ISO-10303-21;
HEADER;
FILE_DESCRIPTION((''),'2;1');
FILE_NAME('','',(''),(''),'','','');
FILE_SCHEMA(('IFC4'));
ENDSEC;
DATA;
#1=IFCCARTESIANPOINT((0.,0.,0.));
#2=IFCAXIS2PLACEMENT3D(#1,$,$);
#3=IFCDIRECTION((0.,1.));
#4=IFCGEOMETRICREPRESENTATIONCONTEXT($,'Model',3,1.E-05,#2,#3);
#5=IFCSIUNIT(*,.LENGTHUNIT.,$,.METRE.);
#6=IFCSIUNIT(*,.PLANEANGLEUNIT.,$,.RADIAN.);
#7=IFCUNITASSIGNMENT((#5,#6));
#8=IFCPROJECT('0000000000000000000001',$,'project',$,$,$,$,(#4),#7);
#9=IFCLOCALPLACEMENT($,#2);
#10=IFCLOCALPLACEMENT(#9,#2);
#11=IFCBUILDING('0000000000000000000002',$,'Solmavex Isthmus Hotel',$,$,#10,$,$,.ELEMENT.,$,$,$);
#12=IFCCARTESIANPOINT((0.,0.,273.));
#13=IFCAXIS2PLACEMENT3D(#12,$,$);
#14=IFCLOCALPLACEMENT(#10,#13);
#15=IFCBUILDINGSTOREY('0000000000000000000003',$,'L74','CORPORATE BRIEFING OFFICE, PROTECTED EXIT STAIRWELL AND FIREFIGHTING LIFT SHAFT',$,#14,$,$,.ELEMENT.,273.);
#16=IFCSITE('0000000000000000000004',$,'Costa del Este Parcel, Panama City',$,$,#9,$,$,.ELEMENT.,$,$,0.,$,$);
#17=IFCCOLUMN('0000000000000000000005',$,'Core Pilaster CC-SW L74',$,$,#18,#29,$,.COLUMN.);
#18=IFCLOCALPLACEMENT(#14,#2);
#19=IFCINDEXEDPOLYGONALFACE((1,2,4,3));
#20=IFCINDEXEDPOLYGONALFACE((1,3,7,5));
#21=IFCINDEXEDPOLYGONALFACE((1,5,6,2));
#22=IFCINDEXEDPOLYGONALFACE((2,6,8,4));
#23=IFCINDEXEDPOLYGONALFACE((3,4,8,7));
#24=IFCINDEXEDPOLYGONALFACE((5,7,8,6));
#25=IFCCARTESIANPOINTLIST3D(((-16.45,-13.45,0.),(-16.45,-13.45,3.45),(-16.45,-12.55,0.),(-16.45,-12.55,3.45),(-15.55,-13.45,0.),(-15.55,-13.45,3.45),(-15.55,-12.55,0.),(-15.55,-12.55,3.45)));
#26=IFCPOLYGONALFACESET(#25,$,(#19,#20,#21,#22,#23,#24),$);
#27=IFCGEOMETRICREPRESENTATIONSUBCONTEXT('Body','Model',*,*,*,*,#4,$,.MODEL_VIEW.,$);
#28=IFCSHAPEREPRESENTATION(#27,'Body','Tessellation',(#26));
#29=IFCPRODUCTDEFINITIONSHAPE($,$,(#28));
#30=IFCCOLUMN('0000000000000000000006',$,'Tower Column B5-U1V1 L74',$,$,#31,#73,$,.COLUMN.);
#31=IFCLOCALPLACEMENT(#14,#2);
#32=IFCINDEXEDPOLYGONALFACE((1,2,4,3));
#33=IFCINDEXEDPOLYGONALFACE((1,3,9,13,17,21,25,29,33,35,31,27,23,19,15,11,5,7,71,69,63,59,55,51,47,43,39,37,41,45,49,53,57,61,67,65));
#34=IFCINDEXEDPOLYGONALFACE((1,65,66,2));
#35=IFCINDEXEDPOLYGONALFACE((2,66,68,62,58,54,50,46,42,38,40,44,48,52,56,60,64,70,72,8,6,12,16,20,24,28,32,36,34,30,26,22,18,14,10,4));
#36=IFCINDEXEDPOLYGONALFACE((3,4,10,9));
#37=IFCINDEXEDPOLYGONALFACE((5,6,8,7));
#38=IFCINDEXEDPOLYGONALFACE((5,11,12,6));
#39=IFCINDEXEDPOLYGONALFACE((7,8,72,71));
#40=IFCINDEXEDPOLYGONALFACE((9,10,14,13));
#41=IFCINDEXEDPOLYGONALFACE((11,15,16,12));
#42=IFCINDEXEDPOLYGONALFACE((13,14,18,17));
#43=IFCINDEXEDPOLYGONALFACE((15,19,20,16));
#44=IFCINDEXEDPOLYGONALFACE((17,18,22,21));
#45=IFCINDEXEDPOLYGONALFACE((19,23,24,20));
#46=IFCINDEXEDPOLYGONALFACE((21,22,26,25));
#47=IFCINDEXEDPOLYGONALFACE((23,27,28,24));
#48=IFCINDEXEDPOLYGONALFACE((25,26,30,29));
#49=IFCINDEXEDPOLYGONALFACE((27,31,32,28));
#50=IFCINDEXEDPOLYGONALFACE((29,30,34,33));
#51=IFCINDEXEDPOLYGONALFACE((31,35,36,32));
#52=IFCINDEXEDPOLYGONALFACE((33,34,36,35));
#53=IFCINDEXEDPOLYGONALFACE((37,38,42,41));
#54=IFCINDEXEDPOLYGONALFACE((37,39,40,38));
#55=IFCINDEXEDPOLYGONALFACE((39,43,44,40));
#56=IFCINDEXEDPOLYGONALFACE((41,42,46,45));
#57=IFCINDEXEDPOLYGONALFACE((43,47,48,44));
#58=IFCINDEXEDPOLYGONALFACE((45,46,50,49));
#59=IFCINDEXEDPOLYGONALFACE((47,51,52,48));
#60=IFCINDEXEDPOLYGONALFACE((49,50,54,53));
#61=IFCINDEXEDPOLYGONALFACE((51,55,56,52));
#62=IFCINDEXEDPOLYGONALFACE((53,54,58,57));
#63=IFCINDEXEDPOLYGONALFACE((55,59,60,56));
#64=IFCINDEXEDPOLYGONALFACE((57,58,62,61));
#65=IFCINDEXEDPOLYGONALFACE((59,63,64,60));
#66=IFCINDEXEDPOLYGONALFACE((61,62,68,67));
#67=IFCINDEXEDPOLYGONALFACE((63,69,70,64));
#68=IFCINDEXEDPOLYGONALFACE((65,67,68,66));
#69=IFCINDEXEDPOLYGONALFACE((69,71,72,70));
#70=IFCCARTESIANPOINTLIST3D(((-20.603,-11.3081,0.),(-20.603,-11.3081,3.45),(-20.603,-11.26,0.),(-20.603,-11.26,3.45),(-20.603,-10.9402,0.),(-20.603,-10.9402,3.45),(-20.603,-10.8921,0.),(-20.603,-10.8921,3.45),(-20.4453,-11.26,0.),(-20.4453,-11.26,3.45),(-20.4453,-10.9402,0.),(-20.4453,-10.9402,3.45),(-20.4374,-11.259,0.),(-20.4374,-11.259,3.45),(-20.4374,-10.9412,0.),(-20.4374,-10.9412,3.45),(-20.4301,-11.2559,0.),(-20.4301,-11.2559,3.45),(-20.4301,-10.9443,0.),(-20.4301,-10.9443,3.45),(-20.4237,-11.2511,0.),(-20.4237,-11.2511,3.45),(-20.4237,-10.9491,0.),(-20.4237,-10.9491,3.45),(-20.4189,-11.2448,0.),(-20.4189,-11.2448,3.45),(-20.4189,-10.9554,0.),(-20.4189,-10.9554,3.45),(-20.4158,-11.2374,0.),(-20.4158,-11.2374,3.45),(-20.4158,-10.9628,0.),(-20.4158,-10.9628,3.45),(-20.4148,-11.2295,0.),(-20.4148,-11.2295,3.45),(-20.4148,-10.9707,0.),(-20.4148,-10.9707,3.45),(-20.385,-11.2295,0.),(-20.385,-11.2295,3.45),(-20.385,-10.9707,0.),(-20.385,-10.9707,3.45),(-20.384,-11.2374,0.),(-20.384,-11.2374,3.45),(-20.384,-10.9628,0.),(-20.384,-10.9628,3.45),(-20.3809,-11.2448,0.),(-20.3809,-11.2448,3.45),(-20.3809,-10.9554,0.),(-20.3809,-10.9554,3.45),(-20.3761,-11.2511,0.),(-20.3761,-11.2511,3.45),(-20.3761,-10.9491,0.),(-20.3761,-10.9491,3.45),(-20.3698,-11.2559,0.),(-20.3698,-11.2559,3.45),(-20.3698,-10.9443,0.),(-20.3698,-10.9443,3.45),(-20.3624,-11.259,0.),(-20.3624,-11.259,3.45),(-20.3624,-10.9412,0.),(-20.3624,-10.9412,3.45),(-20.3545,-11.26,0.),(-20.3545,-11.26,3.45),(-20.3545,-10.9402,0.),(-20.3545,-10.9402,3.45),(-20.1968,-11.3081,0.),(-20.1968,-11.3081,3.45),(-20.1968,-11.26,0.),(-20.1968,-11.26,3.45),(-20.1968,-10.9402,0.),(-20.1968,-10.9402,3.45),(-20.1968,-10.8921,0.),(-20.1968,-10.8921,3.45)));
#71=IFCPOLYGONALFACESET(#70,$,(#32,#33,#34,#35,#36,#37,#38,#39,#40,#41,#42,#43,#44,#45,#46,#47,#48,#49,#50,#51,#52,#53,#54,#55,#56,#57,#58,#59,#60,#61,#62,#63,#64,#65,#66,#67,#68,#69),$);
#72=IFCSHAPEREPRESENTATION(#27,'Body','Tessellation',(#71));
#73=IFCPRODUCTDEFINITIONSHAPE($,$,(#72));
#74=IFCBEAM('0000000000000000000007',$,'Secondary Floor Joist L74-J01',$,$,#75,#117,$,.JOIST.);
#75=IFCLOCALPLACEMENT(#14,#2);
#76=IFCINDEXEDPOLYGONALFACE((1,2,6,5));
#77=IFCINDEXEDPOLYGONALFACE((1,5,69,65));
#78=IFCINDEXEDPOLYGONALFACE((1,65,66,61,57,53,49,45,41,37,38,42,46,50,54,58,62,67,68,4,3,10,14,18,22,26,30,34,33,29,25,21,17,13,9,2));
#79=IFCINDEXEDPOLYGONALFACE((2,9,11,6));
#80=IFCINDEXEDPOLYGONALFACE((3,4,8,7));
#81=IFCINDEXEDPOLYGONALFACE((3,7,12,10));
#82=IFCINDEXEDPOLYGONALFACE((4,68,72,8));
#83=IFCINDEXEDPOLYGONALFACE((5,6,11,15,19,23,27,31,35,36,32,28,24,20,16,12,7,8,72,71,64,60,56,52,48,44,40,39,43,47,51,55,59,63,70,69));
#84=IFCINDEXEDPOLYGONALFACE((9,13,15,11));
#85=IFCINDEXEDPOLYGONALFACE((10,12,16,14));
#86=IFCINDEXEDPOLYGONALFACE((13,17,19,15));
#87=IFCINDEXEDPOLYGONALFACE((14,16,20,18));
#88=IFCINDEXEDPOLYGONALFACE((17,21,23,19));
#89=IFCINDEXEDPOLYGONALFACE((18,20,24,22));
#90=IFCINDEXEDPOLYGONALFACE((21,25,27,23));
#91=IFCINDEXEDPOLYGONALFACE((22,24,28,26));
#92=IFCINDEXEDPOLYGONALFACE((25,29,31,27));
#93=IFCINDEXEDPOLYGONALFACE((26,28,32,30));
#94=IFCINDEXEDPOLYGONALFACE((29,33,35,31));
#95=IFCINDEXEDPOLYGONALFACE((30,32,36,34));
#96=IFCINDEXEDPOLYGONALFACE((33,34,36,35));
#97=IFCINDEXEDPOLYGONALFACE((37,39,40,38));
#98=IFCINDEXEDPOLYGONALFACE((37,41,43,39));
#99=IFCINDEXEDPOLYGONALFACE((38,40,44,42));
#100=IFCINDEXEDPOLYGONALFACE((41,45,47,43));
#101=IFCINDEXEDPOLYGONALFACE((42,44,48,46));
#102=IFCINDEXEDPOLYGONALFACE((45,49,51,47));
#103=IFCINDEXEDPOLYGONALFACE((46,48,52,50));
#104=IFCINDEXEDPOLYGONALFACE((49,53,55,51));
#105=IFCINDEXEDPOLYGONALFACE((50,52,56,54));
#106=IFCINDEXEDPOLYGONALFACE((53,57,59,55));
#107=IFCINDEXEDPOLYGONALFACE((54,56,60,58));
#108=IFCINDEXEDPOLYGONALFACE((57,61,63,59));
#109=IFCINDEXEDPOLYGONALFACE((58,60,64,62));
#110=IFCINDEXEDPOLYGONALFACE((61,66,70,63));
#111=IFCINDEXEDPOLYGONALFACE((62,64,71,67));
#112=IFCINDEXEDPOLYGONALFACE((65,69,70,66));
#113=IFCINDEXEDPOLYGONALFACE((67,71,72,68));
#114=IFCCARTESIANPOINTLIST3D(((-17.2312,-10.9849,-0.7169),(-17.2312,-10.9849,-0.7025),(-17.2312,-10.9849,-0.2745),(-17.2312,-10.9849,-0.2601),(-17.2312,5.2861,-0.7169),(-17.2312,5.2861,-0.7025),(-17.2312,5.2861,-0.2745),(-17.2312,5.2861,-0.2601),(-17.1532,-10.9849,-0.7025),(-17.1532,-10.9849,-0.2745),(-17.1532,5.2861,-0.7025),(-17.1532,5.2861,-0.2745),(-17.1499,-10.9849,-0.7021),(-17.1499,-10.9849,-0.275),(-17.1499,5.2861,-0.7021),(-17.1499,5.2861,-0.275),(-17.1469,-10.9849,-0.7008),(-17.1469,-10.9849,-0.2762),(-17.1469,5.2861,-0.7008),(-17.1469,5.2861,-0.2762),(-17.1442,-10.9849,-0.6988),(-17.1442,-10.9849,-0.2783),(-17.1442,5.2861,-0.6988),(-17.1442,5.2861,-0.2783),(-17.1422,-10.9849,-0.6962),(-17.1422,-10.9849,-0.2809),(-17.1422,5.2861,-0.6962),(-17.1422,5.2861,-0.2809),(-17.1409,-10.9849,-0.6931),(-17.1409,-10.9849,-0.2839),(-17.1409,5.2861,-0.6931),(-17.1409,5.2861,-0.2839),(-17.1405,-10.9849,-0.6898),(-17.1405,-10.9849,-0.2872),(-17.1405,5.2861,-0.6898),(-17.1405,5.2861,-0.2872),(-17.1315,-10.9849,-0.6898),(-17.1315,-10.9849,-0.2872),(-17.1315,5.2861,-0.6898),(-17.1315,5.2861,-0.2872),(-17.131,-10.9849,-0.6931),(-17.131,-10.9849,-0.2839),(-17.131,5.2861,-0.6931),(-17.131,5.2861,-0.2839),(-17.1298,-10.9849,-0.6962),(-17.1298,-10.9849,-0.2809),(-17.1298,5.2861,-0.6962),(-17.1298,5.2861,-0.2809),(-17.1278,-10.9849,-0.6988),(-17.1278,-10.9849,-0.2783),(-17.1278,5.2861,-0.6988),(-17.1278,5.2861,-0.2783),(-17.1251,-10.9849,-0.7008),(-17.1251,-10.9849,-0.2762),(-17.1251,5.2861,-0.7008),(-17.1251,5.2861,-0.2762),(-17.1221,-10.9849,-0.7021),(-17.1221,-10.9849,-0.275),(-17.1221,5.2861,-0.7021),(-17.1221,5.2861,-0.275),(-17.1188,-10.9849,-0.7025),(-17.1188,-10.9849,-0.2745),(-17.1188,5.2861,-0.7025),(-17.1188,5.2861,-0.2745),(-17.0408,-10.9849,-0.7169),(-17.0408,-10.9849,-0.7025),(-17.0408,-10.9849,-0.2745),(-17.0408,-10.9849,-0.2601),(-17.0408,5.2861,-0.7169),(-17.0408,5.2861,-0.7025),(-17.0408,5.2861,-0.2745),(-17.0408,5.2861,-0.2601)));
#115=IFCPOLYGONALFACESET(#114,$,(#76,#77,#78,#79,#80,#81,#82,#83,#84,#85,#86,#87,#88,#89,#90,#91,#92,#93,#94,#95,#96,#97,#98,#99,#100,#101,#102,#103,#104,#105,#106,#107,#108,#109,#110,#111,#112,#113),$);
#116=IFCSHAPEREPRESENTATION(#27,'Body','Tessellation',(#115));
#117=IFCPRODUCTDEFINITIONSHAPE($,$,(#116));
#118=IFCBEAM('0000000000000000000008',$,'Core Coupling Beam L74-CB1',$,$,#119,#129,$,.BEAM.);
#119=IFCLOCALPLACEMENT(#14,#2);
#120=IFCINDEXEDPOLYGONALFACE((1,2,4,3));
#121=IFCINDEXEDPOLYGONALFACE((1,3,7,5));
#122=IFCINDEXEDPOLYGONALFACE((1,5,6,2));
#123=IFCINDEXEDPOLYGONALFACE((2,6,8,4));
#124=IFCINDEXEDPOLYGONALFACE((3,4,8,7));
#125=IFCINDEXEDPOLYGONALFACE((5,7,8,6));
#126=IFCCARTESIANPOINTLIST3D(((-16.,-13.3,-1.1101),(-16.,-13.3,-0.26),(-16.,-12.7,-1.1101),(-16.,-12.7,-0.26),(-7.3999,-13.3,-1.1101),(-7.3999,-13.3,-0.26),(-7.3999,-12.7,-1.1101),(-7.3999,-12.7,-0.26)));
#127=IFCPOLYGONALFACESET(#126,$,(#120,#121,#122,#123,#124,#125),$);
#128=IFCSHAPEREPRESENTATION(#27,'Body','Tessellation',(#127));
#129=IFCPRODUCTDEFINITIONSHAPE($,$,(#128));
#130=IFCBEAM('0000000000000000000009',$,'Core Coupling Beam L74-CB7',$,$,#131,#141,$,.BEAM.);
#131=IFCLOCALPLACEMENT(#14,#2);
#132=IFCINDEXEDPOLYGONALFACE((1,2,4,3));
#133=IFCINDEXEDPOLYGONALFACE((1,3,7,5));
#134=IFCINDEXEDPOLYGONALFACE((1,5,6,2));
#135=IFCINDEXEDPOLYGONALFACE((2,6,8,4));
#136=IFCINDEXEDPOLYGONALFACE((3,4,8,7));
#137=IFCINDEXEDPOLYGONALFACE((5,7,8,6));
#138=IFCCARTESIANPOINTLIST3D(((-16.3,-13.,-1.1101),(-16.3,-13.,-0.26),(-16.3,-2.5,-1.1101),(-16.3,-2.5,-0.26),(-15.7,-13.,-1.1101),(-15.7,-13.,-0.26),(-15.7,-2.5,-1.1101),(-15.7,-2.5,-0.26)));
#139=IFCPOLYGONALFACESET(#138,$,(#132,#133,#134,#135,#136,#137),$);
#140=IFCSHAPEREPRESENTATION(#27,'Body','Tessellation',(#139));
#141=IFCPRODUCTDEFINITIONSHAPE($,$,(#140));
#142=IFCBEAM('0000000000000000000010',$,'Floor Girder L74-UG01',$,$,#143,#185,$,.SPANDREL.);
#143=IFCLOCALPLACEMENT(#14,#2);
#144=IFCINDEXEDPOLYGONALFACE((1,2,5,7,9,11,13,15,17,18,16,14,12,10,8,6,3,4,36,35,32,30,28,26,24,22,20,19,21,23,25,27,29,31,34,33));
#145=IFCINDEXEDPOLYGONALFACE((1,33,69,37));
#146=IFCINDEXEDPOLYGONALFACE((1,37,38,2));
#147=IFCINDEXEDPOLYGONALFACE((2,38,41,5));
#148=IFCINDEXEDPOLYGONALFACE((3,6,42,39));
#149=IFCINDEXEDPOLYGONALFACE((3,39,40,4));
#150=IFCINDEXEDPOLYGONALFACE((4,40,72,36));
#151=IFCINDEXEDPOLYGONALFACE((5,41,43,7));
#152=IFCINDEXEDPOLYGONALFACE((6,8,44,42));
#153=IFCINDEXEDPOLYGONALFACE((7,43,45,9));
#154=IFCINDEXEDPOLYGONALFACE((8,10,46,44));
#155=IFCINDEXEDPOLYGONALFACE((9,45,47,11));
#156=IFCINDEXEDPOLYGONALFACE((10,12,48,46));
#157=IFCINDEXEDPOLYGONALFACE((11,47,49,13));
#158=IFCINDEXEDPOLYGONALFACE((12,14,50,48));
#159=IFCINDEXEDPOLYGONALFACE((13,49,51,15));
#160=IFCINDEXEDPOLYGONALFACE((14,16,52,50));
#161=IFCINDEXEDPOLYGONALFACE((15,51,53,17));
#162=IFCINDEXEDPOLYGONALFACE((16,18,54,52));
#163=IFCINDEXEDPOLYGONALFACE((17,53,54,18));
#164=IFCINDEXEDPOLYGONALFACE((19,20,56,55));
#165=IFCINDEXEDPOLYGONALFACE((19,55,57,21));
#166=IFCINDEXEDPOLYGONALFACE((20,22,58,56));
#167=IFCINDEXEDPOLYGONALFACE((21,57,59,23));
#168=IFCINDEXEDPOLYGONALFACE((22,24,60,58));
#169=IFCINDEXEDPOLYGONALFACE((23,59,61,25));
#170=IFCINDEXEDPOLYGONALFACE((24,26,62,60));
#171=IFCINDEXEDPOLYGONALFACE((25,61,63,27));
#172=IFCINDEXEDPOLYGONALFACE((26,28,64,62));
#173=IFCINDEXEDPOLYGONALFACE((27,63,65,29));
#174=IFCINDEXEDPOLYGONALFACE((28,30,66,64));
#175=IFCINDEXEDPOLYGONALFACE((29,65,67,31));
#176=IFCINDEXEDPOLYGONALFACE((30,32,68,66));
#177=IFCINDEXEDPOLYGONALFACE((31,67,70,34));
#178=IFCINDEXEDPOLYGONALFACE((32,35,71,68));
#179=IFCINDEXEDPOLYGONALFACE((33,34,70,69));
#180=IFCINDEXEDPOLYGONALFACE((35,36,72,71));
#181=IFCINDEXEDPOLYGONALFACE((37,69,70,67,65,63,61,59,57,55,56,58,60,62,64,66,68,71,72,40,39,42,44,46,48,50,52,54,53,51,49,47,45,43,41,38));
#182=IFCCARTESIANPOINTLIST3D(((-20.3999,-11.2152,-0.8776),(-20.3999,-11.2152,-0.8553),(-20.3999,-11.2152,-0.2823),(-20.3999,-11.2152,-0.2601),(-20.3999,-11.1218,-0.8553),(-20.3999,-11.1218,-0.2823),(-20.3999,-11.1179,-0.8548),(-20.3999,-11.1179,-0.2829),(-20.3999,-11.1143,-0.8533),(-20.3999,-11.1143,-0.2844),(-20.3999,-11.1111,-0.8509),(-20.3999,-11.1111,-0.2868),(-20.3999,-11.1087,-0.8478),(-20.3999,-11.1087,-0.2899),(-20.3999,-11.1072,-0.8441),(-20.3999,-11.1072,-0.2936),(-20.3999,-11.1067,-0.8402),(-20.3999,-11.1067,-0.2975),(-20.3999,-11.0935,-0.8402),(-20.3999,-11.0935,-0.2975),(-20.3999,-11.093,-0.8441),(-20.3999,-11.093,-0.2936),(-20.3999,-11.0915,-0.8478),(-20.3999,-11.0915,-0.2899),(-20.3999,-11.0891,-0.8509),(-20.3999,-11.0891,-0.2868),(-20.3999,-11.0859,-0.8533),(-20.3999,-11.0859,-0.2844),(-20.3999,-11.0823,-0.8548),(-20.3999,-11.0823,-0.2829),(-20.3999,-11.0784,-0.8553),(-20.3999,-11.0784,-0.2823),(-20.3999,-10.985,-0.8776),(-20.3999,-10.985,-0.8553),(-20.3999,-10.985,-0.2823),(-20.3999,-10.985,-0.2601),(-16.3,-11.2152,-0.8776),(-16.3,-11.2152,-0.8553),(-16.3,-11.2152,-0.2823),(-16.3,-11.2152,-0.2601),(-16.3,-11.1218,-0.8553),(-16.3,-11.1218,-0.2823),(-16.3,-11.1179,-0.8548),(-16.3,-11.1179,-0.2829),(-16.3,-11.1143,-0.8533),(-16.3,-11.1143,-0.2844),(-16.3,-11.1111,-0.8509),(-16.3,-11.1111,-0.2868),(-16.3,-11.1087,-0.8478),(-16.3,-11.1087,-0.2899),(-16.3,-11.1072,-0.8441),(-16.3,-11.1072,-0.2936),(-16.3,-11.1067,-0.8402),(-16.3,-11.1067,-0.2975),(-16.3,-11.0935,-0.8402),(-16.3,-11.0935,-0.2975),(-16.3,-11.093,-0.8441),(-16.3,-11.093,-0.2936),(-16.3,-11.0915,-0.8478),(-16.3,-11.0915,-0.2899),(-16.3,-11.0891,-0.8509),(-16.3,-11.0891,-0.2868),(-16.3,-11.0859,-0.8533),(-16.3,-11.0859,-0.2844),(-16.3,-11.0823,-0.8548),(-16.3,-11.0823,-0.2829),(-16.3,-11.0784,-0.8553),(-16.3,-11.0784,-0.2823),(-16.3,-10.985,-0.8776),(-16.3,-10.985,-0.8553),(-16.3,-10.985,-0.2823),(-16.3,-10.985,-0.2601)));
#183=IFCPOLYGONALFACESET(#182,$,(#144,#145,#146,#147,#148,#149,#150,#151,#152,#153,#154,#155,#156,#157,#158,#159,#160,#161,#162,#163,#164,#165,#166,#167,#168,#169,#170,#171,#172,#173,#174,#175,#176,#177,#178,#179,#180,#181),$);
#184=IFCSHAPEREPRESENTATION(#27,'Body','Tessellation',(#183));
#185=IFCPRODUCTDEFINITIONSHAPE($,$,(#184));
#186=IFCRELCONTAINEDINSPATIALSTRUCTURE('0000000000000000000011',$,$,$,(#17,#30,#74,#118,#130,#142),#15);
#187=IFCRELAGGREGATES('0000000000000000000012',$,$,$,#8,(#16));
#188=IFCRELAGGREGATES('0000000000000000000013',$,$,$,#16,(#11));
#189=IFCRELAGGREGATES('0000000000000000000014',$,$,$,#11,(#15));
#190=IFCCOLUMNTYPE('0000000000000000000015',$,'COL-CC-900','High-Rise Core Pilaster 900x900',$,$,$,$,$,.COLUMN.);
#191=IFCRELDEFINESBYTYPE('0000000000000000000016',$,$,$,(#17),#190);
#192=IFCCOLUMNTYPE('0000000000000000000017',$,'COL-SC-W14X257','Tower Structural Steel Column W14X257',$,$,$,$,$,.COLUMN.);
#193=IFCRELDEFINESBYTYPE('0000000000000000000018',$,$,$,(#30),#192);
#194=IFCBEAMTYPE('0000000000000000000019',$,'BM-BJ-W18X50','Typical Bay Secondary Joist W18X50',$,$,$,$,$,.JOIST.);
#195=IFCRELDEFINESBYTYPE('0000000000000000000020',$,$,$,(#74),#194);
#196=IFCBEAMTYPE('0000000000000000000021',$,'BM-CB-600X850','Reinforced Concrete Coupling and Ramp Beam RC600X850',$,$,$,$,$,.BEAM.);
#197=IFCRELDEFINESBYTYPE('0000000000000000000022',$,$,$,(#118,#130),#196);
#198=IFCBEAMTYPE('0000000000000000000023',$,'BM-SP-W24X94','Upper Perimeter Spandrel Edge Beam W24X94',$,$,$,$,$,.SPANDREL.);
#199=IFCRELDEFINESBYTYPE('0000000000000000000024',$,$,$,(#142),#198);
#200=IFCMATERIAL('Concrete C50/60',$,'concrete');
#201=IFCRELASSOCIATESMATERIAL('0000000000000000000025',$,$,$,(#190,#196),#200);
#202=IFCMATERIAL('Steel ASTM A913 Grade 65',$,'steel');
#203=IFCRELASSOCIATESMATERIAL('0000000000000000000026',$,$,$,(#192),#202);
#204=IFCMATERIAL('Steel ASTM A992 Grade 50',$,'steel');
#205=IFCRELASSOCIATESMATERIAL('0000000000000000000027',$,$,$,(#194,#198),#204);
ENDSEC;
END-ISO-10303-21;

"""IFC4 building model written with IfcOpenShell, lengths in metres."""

from ifc_helpers import new_model, si_unit, direction, frame, origin, origin_2d, place, context, subcontext, project, spatial, rectangle, i_section, extrude, material, material_profile, profile_set, type_object, element, save


model = new_model("IFC4")

# Units and contexts
model_context = context("Model", 3, precision=1e-05, world=origin(), true_north=direction((0.0, 1.0)))
body_context = subcontext(model_context, "Body", "Model", "MODEL_VIEW")
ifc_project = project(units=[si_unit("LENGTHUNIT", "METRE"), si_unit("PLANEANGLEUNIT", "RADIAN")], contexts=[model_context])

# Site, building, storey
site_placement = place(None, origin())
site = spatial("IfcSite", under=ifc_project, at=site_placement, Name="Costa del Este Parcel, Panama City", CompositionType="ELEMENT", RefElevation=0.0)
building_placement = place(site_placement, origin())
building = spatial("IfcBuilding", under=site, at=building_placement, Name="Solmavex Isthmus Hotel", CompositionType="ELEMENT")
storey_placement = place(building_placement, frame((0.0, 0.0, 273.0)))
storey = spatial("IfcBuildingStorey", under=building, at=storey_placement, Name="L74", Description="CORPORATE BRIEFING OFFICE, PROTECTED EXIT STAIRWELL AND FIREFIGHTING LIFT SHAFT", CompositionType="ELEMENT", Elevation=273.0)

# Columns
ifc_material_1 = material(Name="Concrete C50/60", Category="concrete")
ifc_material_profile_1 = material_profile(ifc_material_1, rectangle(XDim=0.8999, YDim=0.8999, at=origin_2d()), Name="RC900X900")
ifc_profile_set_1 = profile_set([ifc_material_profile_1], Name="Concrete C50/60")
column_type_1 = type_object("IfcColumnType", Name="COL-CC-900", Description="High-Rise Core Pilaster 900x900", PredefinedType="COLUMN", material=ifc_profile_set_1)
column_1_placement = place(storey_placement, frame((-16.0, -13.0, 0.0), z_axis=(0.0, 0.0, 1.0), x_axis=(1.0, 0.0, 0.0)))
element("IfcColumn", 1, at=column_1_placement, inside=storey, type_object=column_type_1, Name="Core Pilaster CC-SW L74", PredefinedType="COLUMN", context=body_context, shape_type="SweptSolid", body=[
    extrude(rectangle(XDim=0.8999, YDim=0.8999, at=origin_2d()), origin(), (0.0, 0.0, 1.0), 3.45),
])
ifc_material_2 = material(Name="Steel ASTM A913 Grade 65", Category="steel")
ifc_material_profile_2 = material_profile(ifc_material_2, i_section(OverallWidth=0.4062, OverallDepth=0.416, WebThickness=0.0298, FlangeThickness=0.0481, FilletRadius=0.0305, at=origin_2d()), Name="W14X257")
ifc_profile_set_2 = profile_set([ifc_material_profile_2], Name="Steel ASTM A913 Grade 65")
column_type_2 = type_object("IfcColumnType", Name="COL-SC-W14X257", Description="Tower Structural Steel Column W14X257", PredefinedType="COLUMN", material=ifc_profile_set_2)
column_2_placement = place(storey_placement, frame((-20.3999, -11.1001, 0.0), z_axis=(0.0, 0.0, 1.0), x_axis=(1.0, 0.0, 0.0)))
element("IfcColumn", 2, at=column_2_placement, inside=storey, type_object=column_type_2, Name="Tower Column B5-U1V1 L74", PredefinedType="COLUMN", context=body_context, shape_type="SweptSolid", body=[
    extrude(i_section(OverallWidth=0.4062, OverallDepth=0.416, WebThickness=0.0298, FlangeThickness=0.0481, FilletRadius=0.0305, at=origin_2d()), origin(), (0.0, 0.0, 1.0), 3.45),
])

# Beams
ifc_material_3 = material(Name="Steel ASTM A992 Grade 50", Category="steel")
ifc_material_profile_3 = material_profile(ifc_material_3, i_section(OverallWidth=0.1904, OverallDepth=0.4568, WebThickness=0.009, FlangeThickness=0.0144, FilletRadius=0.0127, at=origin_2d()), Name="W18X50")
ifc_profile_set_3 = profile_set([ifc_material_profile_3], Name="Steel ASTM A992 Grade 50")
beam_type_1 = type_object("IfcBeamType", Name="BM-BJ-W18X50", Description="Typical Bay Secondary Joist W18X50", PredefinedType="JOIST", material=ifc_profile_set_3)
beam_1_placement = place(storey_placement, frame((-17.136, -10.9849, -0.4885), z_axis=(0.0, 1.0, 0.0), x_axis=(-1.0, 0.0, 0.0)))
element("IfcBeam", 3, at=beam_1_placement, inside=storey, type_object=beam_type_1, Name="Secondary Floor Joist L74-J01", PredefinedType="JOIST", context=body_context, shape_type="SweptSolid", body=[
    extrude(i_section(OverallWidth=0.1904, OverallDepth=0.4568, WebThickness=0.009, FlangeThickness=0.0144, FilletRadius=0.0127, at=origin_2d()), origin(), (0.0, 0.0, 1.0), 16.271),
])
ifc_material_profile_4 = material_profile(ifc_material_1, rectangle(XDim=0.6001, YDim=0.8501, at=origin_2d()), Name="RC600X850")
ifc_profile_set_4 = profile_set([ifc_material_profile_4], Name="Concrete C50/60")
beam_type_2 = type_object("IfcBeamType", Name="BM-CB-600X850", Description="Reinforced Concrete Coupling and Ramp Beam RC600X850", PredefinedType="BEAM", material=ifc_profile_set_4)
beam_2_placement = place(storey_placement, frame((-16.0, -13.0, -0.6851), z_axis=(1.0, 0.0, 0.0), x_axis=(0.0, 1.0, 0.0)))
element("IfcBeam", 4, at=beam_2_placement, inside=storey, type_object=beam_type_2, Name="Core Coupling Beam L74-CB1", PredefinedType="BEAM", context=body_context, shape_type="SweptSolid", body=[
    extrude(rectangle(XDim=0.6001, YDim=0.8501, at=origin_2d()), origin(), (0.0, 0.0, 1.0), 8.6001),
])
beam_3_placement = place(storey_placement, frame((-16.0, -13.0, -0.6851), z_axis=(0.0, 1.0, 0.0), x_axis=(-1.0, 0.0, 0.0)))
element("IfcBeam", 5, at=beam_3_placement, inside=storey, type_object=beam_type_2, Name="Core Coupling Beam L74-CB7", PredefinedType="BEAM", context=body_context, shape_type="SweptSolid", body=[
    extrude(rectangle(XDim=0.6001, YDim=0.8501, at=origin_2d()), origin(), (0.0, 0.0, 1.0), 10.5),
])
ifc_material_profile_5 = material_profile(ifc_material_3, i_section(OverallWidth=0.2302, OverallDepth=0.6174, WebThickness=0.0132, FlangeThickness=0.0222, FilletRadius=0.0151, at=origin_2d()), Name="W24X94")
ifc_profile_set_5 = profile_set([ifc_material_profile_5], Name="Steel ASTM A992 Grade 50")
beam_type_3 = type_object("IfcBeamType", Name="BM-SP-W24X94", Description="Upper Perimeter Spandrel Edge Beam W24X94", PredefinedType="SPANDREL", material=ifc_profile_set_5)
beam_4_placement = place(storey_placement, frame((-20.3999, -11.1001, -0.5688), z_axis=(1.0, 0.0, 0.0), x_axis=(0.0, 1.0, 0.0)))
element("IfcBeam", 6, at=beam_4_placement, inside=storey, type_object=beam_type_3, Name="Floor Girder L74-UG01", PredefinedType="SPANDREL", context=body_context, shape_type="SweptSolid", body=[
    extrude(i_section(OverallWidth=0.2302, OverallDepth=0.6174, WebThickness=0.0132, FlangeThickness=0.0222, FilletRadius=0.0151, at=origin_2d()), origin(), (0.0, 0.0, 1.0), 4.0999),
])

save(model, "model.ifc")
